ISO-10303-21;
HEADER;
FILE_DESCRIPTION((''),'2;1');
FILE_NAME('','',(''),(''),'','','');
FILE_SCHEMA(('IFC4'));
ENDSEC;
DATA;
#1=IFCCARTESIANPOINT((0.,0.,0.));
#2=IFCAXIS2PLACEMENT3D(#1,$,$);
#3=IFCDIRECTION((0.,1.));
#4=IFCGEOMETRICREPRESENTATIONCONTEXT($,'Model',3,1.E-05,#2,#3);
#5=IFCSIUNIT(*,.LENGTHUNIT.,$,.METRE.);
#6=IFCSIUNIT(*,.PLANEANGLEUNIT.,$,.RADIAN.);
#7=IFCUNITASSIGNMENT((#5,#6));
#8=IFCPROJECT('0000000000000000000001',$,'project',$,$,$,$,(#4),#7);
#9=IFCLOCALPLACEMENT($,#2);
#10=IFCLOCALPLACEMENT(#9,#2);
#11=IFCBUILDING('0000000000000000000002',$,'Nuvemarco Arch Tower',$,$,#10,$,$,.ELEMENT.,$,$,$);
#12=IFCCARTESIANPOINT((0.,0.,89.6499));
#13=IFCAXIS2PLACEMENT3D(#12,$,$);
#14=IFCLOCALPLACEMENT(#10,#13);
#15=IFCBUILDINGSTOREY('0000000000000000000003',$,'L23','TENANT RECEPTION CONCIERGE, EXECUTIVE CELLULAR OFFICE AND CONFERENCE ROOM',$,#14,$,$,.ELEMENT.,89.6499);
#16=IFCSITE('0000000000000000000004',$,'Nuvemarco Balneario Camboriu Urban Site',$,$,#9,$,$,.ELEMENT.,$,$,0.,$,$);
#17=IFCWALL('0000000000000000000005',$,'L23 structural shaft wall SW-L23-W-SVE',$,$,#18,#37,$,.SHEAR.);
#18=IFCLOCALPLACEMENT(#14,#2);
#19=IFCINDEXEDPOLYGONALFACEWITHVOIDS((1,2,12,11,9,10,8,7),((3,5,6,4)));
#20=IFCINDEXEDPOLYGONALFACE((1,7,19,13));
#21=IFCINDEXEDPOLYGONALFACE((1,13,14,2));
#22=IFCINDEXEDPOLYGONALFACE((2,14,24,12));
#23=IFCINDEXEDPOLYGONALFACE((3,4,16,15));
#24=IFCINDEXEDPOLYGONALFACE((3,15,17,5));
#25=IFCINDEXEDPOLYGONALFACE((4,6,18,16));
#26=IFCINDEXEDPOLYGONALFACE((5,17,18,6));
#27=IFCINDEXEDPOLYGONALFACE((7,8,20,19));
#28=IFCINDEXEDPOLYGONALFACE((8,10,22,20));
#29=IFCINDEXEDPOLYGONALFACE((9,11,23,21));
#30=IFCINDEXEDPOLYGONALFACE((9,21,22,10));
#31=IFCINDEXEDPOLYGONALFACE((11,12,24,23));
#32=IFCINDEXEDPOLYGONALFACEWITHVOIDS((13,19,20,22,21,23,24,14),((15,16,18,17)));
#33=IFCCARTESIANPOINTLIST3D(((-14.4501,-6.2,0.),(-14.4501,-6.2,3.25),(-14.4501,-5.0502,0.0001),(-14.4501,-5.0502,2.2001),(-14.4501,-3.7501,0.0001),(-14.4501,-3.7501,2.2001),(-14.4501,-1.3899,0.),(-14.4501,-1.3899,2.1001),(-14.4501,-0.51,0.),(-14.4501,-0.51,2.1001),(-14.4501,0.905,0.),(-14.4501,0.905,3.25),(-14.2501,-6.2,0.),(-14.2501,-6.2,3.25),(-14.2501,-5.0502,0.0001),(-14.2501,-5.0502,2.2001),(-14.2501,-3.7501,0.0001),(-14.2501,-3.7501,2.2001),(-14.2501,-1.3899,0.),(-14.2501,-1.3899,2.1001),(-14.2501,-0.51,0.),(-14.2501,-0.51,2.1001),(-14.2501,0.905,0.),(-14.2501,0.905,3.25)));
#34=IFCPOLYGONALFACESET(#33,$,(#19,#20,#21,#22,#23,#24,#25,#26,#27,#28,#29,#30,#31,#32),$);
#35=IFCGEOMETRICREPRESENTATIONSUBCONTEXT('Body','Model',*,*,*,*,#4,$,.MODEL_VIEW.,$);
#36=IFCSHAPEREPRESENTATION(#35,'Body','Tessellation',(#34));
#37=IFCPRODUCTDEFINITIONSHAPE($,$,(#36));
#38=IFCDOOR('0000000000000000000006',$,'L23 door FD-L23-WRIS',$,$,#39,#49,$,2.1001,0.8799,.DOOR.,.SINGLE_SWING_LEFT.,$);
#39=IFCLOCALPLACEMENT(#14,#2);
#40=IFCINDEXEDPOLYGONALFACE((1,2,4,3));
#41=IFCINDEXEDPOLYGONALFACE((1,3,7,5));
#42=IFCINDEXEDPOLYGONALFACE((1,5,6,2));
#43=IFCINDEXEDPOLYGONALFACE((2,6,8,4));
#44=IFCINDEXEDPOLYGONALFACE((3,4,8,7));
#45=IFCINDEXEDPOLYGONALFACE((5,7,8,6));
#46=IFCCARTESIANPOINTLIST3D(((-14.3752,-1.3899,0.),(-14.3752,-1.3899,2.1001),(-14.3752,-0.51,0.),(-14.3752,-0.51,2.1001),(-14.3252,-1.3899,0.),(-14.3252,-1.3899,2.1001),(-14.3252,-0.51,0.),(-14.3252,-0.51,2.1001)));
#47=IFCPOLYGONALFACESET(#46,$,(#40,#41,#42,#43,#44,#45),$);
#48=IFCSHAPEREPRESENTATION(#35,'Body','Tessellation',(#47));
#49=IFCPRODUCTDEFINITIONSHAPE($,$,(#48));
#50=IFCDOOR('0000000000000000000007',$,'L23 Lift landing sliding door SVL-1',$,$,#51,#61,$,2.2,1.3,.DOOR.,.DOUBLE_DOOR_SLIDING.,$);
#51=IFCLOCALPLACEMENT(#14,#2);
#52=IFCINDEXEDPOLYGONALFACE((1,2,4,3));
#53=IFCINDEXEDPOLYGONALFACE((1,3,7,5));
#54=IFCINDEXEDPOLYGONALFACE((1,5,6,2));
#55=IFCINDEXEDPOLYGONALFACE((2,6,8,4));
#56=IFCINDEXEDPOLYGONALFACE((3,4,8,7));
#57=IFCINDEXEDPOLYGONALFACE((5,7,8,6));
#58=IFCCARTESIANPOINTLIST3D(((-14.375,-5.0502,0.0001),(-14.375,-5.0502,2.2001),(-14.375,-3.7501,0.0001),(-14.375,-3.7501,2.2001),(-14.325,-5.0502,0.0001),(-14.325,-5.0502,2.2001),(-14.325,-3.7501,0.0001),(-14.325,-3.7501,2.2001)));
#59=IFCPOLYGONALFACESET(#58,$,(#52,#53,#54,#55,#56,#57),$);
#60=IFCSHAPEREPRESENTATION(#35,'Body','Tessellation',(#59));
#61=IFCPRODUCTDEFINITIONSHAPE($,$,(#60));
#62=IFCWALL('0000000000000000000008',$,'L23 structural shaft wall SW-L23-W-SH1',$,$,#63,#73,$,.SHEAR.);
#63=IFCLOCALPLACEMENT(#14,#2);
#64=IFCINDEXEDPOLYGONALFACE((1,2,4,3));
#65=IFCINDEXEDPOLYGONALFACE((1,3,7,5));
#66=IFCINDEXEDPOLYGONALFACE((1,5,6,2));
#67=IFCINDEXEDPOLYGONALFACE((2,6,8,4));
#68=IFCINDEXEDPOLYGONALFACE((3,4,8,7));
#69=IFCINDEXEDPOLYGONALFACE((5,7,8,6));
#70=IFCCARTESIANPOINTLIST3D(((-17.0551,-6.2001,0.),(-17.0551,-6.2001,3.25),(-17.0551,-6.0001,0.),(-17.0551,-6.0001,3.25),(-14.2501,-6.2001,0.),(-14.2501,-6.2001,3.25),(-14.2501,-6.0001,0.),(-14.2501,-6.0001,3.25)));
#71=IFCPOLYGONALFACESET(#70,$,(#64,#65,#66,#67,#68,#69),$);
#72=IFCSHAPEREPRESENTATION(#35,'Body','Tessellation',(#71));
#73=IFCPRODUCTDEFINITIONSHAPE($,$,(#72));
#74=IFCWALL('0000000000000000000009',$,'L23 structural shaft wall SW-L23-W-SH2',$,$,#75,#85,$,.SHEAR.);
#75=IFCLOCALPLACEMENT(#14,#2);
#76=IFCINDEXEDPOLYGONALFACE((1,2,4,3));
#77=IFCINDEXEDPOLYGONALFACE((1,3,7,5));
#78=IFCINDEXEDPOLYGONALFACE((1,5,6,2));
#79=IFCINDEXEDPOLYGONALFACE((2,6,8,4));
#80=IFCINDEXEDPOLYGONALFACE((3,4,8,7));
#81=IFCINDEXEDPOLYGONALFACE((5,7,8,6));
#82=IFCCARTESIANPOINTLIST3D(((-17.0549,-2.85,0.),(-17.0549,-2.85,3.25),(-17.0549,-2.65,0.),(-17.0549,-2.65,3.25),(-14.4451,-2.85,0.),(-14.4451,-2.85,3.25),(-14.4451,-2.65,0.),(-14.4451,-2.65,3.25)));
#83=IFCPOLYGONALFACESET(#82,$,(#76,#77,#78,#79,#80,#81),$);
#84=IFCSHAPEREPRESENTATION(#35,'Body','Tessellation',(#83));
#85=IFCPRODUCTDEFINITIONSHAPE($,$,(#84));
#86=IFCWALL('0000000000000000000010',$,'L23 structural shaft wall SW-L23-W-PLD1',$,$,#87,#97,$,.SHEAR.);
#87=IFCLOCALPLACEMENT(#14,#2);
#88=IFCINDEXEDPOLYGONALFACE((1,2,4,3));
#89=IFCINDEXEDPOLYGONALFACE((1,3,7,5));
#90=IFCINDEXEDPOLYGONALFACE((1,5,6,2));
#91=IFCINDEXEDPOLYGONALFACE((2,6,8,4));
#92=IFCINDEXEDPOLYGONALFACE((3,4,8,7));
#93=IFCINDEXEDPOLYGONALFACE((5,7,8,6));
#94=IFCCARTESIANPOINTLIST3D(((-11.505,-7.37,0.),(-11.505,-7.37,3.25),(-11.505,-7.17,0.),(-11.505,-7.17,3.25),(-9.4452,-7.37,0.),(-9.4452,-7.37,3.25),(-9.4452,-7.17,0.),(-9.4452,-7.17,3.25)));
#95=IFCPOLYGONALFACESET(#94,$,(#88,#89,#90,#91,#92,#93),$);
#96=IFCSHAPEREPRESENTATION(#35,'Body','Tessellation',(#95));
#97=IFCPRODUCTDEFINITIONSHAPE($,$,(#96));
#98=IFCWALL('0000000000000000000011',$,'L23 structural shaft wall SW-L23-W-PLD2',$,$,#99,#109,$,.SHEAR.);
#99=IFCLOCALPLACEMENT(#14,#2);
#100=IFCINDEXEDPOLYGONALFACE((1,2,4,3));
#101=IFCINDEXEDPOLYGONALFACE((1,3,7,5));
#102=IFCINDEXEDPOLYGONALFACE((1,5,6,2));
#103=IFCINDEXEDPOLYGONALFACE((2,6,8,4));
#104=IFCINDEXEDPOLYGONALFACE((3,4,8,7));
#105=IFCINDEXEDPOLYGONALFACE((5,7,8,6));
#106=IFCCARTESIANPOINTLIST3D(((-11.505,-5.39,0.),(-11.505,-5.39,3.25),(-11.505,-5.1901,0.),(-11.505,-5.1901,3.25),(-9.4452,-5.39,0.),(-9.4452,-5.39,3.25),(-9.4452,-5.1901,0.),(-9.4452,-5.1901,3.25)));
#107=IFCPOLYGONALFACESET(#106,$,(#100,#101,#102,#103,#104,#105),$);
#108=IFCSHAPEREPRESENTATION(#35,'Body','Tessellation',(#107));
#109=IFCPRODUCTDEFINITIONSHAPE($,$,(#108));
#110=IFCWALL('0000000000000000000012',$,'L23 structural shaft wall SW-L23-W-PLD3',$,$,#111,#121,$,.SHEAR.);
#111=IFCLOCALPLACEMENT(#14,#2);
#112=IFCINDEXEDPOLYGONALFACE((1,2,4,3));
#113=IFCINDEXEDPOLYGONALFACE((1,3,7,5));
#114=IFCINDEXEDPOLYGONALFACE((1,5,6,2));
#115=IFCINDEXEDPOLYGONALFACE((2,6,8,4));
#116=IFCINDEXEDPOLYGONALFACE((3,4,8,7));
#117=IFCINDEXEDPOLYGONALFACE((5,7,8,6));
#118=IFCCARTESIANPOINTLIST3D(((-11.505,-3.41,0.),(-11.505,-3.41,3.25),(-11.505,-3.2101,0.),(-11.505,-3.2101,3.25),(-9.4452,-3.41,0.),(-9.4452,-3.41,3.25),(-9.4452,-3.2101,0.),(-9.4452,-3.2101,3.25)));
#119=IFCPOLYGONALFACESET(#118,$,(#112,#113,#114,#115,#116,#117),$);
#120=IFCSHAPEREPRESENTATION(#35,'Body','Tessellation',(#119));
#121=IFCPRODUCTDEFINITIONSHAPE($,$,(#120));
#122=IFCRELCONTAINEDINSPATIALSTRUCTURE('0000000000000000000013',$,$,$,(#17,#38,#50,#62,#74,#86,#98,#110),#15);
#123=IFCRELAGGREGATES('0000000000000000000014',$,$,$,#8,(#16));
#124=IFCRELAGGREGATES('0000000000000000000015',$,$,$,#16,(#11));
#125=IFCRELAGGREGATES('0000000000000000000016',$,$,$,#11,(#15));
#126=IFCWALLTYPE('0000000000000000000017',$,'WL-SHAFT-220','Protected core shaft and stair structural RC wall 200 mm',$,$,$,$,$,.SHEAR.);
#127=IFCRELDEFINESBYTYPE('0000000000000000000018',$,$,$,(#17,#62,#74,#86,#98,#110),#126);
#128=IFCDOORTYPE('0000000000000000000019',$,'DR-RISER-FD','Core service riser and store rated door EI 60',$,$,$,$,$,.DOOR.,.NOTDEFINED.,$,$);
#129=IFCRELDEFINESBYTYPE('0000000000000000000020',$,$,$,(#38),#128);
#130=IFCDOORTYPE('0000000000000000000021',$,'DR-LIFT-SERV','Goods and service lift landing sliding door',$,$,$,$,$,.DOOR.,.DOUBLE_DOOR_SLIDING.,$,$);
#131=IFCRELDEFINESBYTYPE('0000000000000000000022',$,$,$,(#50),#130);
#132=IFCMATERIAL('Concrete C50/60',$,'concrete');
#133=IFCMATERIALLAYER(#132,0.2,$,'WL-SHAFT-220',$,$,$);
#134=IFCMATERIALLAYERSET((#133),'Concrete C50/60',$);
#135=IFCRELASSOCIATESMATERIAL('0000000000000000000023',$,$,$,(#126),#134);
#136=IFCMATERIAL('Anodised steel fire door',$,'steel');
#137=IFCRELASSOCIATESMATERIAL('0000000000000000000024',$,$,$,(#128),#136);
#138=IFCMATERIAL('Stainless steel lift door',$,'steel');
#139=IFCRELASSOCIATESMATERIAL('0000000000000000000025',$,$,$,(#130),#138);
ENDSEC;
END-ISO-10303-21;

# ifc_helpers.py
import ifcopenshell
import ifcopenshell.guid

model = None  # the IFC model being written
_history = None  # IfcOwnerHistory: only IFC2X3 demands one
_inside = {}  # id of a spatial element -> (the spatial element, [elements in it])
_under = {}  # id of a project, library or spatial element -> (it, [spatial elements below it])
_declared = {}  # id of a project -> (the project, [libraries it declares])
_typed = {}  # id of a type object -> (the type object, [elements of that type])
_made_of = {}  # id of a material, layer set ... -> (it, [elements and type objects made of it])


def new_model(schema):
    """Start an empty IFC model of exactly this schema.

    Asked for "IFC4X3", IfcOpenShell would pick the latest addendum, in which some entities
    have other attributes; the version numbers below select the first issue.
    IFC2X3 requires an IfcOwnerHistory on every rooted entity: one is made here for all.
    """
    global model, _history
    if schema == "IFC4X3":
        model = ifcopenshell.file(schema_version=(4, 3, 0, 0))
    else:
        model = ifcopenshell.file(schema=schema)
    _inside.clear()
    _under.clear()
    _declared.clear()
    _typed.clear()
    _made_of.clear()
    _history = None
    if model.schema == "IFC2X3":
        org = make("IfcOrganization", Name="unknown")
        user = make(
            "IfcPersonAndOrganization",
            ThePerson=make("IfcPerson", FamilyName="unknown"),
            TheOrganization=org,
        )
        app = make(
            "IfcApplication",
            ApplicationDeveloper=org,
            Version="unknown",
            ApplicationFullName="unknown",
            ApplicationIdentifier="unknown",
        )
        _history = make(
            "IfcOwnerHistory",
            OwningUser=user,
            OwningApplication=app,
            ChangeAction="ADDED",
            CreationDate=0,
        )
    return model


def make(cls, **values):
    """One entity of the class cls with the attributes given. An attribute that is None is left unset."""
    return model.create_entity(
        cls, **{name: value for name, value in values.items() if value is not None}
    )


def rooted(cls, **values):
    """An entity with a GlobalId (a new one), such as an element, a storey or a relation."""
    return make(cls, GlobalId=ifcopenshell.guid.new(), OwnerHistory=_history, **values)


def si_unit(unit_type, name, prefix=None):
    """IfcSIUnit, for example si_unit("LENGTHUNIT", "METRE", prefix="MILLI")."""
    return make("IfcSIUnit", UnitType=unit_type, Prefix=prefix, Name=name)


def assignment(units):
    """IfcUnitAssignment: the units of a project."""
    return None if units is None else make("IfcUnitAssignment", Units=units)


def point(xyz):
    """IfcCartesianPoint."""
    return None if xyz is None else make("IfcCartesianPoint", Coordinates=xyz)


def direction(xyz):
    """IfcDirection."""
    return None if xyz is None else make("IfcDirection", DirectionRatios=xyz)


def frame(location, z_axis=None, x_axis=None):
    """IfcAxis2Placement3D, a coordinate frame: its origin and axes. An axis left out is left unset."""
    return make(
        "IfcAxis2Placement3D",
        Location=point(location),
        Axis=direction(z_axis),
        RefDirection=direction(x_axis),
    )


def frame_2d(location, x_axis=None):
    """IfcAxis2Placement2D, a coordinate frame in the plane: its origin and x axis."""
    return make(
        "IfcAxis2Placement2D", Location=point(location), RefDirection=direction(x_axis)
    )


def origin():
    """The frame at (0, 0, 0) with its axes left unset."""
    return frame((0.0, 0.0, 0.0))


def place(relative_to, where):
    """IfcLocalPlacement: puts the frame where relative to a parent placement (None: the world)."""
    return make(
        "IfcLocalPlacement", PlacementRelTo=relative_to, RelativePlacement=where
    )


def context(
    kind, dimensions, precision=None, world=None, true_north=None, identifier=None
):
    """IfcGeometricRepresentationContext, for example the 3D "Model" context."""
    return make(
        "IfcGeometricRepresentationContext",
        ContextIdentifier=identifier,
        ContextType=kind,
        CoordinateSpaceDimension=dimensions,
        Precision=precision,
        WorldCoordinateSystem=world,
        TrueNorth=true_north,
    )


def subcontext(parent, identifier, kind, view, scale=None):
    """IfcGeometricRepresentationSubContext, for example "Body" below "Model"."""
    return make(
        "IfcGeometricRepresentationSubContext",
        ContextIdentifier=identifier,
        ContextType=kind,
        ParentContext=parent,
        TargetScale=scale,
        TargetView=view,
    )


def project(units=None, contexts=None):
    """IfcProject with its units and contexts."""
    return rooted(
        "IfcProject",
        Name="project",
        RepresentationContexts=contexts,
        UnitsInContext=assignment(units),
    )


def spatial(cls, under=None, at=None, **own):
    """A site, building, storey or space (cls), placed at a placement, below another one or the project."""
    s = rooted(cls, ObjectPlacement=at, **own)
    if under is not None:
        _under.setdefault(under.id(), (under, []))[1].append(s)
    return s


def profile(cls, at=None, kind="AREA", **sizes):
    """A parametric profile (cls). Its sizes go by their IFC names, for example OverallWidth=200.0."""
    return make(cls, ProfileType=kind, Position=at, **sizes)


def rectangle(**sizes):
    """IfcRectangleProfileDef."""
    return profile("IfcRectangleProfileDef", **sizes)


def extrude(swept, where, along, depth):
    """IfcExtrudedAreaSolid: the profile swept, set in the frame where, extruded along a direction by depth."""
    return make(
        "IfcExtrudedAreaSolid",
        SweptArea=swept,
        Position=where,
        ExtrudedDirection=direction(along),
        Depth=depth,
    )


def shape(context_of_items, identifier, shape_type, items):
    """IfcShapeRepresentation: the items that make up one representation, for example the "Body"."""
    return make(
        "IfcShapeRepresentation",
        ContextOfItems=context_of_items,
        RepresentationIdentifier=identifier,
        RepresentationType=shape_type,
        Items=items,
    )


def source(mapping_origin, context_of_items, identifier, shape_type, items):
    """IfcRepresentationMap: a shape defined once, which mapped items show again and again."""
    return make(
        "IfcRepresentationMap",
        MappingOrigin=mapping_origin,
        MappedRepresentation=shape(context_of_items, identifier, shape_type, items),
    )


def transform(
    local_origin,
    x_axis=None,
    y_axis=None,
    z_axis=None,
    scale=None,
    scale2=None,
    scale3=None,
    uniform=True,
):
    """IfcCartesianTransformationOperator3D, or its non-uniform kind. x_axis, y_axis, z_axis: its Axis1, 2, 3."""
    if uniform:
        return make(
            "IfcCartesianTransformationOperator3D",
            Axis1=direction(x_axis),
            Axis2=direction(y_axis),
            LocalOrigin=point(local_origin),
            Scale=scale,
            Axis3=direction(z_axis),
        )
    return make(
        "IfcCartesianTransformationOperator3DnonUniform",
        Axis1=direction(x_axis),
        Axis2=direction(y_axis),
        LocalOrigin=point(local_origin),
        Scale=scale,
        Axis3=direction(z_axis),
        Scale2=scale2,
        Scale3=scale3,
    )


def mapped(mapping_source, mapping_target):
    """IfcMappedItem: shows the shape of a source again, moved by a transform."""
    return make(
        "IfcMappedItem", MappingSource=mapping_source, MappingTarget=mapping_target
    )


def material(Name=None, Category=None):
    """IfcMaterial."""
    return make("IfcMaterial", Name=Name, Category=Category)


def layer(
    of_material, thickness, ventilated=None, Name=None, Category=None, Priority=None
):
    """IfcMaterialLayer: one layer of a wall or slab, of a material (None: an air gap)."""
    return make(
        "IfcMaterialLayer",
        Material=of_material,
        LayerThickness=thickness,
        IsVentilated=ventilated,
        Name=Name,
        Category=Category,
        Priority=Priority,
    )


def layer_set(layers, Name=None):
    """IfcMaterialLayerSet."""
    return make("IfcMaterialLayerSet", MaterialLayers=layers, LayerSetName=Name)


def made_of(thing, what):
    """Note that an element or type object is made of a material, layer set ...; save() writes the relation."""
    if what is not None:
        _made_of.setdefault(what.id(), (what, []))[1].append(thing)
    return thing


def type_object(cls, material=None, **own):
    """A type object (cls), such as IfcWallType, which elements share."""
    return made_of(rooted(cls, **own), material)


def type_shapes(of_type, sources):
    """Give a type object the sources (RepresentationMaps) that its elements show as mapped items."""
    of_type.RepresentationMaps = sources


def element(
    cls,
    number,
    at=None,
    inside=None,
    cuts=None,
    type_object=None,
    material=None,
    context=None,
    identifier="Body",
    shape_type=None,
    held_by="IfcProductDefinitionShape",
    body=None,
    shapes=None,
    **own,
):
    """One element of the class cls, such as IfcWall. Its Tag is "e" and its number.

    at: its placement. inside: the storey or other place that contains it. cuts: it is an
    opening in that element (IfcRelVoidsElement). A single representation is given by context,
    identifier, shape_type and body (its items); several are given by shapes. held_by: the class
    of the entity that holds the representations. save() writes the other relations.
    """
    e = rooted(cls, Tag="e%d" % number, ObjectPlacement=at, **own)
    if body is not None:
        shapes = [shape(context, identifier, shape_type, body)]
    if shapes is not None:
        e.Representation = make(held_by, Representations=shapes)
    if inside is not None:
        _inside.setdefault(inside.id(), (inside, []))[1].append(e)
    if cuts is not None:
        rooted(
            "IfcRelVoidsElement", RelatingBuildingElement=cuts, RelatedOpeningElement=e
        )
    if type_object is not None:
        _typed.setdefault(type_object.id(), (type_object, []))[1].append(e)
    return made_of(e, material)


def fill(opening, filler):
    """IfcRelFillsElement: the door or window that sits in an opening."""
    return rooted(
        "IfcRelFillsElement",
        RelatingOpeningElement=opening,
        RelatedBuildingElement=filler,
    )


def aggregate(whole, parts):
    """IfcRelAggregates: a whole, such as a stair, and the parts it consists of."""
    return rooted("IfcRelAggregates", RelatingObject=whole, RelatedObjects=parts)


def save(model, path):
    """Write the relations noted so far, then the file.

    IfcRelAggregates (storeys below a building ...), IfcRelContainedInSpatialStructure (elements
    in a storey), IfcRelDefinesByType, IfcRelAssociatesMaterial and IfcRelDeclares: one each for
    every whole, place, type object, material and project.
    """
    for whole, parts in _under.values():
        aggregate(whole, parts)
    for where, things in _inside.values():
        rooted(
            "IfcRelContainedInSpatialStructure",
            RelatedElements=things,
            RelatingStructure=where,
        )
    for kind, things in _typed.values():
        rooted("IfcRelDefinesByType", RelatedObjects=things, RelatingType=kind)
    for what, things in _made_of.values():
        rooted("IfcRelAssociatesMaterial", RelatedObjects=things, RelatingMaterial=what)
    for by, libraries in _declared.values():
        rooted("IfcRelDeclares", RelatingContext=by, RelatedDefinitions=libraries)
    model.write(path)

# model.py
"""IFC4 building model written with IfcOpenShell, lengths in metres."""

from ifc_helpers import new_model, si_unit, direction, frame, frame_2d, origin, place, context, subcontext, project, spatial, rectangle, extrude, source, transform, mapped, material, layer, layer_set, type_object, type_shapes, element, fill, save


model = new_model("IFC4")

# Units and contexts
model_context = context("Model", 3, precision=1e-05, world=origin(), true_north=direction((0.0, 1.0)))
body_context = subcontext(model_context, "Body", "Model", "MODEL_VIEW")
ifc_project = project(units=[si_unit("LENGTHUNIT", "METRE"), si_unit("PLANEANGLEUNIT", "RADIAN")], contexts=[model_context])

# Site, building, storey
site_placement = place(None, origin())
site = spatial("IfcSite", under=ifc_project, at=site_placement, Name="Nuvemarco Balneario Camboriu Urban Site", CompositionType="ELEMENT", RefElevation=0.0)
building_placement = place(site_placement, origin())
building = spatial("IfcBuilding", under=site, at=building_placement, Name="Nuvemarco Arch Tower", CompositionType="ELEMENT")
storey_placement = place(building_placement, frame((0.0, 0.0, 89.6499)))
storey = spatial("IfcBuildingStorey", under=building, at=storey_placement, Name="L23", Description="TENANT RECEPTION CONCIERGE, EXECUTIVE CELLULAR OFFICE AND CONFERENCE ROOM", CompositionType="ELEMENT", Elevation=89.6499)

# Shared definitions
ifc_material_1 = material(Name="Concrete C50/60", Category="concrete")
ifc_layer = layer(ifc_material_1, 0.2, Name="WL-SHAFT-220")
ifc_layer_set = layer_set([ifc_layer], Name="Concrete C50/60")
wall_type = type_object("IfcWallType", Name="WL-SHAFT-220", Description="Protected core shaft and stair structural RC wall 200 mm", PredefinedType="SHEAR", material=ifc_layer_set)
ifc_material_2 = material(Name="Stainless steel lift door", Category="steel")

# Wall, openings, doors
wall_1_placement = place(storey_placement, frame((-14.3501, -6.2, 0.0), z_axis=(0.0, 0.0, 1.0), x_axis=(0.0, 1.0, 0.0)))
wall_1 = element("IfcWall", 1, at=wall_1_placement, inside=storey, type_object=wall_type, Name="L23 structural shaft wall SW-L23-W-SVE", PredefinedType="SHEAR", context=body_context, shape_type="SweptSolid", body=[
    extrude(rectangle(XDim=7.105, YDim=0.2, at=frame_2d((3.5525, 0.0))), origin(), (0.0, 0.0, 1.0), 3.25),
])
opening_1_placement = place(wall_1_placement, frame((5.6899, 0.0, 0.0), z_axis=(0.0, 0.0, 1.0), x_axis=(-1.0, 0.0, 0.0)))
opening_1 = element("IfcOpeningElement", 2, at=opening_1_placement, cuts=wall_1, PredefinedType="OPENING", context=body_context, shape_type="SweptSolid", body=[
    extrude(rectangle(XDim=0.8799, YDim=2.1001, at=frame_2d((0.4399, 1.05))), frame((0.0, 0.1099, 0.0), z_axis=(0.0, -1.0, 0.0), x_axis=(1.0, 0.0, 0.0)), (0.0, 0.0, 1.0), 0.22),
])
opening_2_placement = place(wall_1_placement, frame((1.1499, 0.0, 0.0)))
opening_2 = element("IfcOpeningElement", 3, at=opening_2_placement, cuts=wall_1, PredefinedType="OPENING", context=body_context, shape_type="SweptSolid", body=[
    extrude(rectangle(XDim=1.3, YDim=2.2, at=frame_2d((0.6499, 1.1001))), frame((0.0, 0.1099, 0.0), z_axis=(0.0, -1.0, 0.0), x_axis=(1.0, 0.0, 0.0)), (0.0, 0.0, 1.0), 0.22),
])
ifc_material_3 = material(Name="Anodised steel fire door", Category="steel")
door_type_1 = type_object("IfcDoorType", Name="DR-RISER-FD", Description="Core service riser and store rated door EI 60", OperationType="NOTDEFINED", PredefinedType="DOOR", material=ifc_material_3)
shared_shape_1 = source(origin(), body_context, "Body", "SweptSolid", [
    extrude(rectangle(XDim=0.8799, YDim=2.1001, at=frame_2d((0.4399, 1.05))), frame((0.0, 0.0249, 0.0), z_axis=(0.0, -1.0, 0.0), x_axis=(1.0, 0.0, 0.0)), (0.0, 0.0, 1.0), 0.05),
])
type_shapes(door_type_1, [shared_shape_1])
door_1_placement = place(opening_1_placement, origin())
door_1 = element("IfcDoor", 4, at=door_1_placement, inside=storey, type_object=door_type_1, Name="L23 door FD-L23-WRIS", OperationType="SINGLE_SWING_LEFT", OverallHeight=2.1001, OverallWidth=0.8799, PredefinedType="DOOR", context=body_context, shape_type="MappedRepresentation", body=[
    mapped(shared_shape_1, transform((0.0, 0.0, 0.0), scale=1.0)),
])
fill(opening_1, door_1)
door_type_2 = type_object("IfcDoorType", Name="DR-LIFT-SERV", Description="Goods and service lift landing sliding door", OperationType="DOUBLE_DOOR_SLIDING", PredefinedType="DOOR", material=ifc_material_2)
shared_shape_2 = source(origin(), body_context, "Body", "SweptSolid", [
    extrude(rectangle(XDim=1.3, YDim=2.2, at=frame_2d((0.6499, 1.1001))), frame((0.0, 0.0249, 0.0), z_axis=(0.0, -1.0, 0.0), x_axis=(1.0, 0.0, 0.0)), (0.0, 0.0, 1.0), 0.05),
])
type_shapes(door_type_2, [shared_shape_2])
door_2_placement = place(opening_2_placement, origin())
door_2 = element("IfcDoor", 5, at=door_2_placement, inside=storey, type_object=door_type_2, Name="L23 Lift landing sliding door SVL-1", OperationType="DOUBLE_DOOR_SLIDING", OverallHeight=2.2, OverallWidth=1.3, PredefinedType="DOOR", context=body_context, shape_type="MappedRepresentation", body=[
    mapped(shared_shape_2, transform((0.0, 0.0, 0.0), scale=1.0)),
])
fill(opening_2, door_2)

# Walls
wall_2_placement = place(storey_placement, frame((-17.0549, -6.1001, 0.0), z_axis=(0.0, 0.0, 1.0), x_axis=(1.0, 0.0, 0.0)))
element("IfcWall", 6, at=wall_2_placement, inside=storey, type_object=wall_type, Name="L23 structural shaft wall SW-L23-W-SH1", PredefinedType="SHEAR", context=body_context, shape_type="SweptSolid", body=[
    extrude(rectangle(XDim=2.8049, YDim=0.2, at=frame_2d((1.4023, 0.0))), origin(), (0.0, 0.0, 1.0), 3.25),
])
wall_3_placement = place(storey_placement, frame((-17.0549, -2.75, 0.0), z_axis=(0.0, 0.0, 1.0), x_axis=(1.0, 0.0, 0.0)))
element("IfcWall", 7, at=wall_3_placement, inside=storey, type_object=wall_type, Name="L23 structural shaft wall SW-L23-W-SH2", PredefinedType="SHEAR", context=body_context, shape_type="SweptSolid", body=[
    extrude(rectangle(XDim=2.6099, YDim=0.2, at=frame_2d((1.3049, 0.0))), origin(), (0.0, 0.0, 1.0), 3.25),
])

# Walls
for number, where, z_axis, x_axis, name in (
    (8, (-11.5049, -7.27, 0.0), (0.0, 0.0, 1.0), (1.0, 0.0, 0.0), "L23 structural shaft wall SW-L23-W-PLD1"),
    (9, (-11.5049, -5.29, 0.0), (0.0, 0.0, 1.0), (1.0, 0.0, 0.0), "L23 structural shaft wall SW-L23-W-PLD2"),
    (10, (-11.5049, -3.3101, 0.0), (0.0, 0.0, 1.0), (1.0, 0.0, 0.0), "L23 structural shaft wall SW-L23-W-PLD3"),
):
    element("IfcWall", number, at=place(storey_placement, frame(where, z_axis=z_axis, x_axis=x_axis)), inside=storey, type_object=wall_type, Name=name, PredefinedType="SHEAR", context=body_context, shape_type="SweptSolid", body=[
        extrude(rectangle(XDim=2.0598, YDim=0.2, at=frame_2d((1.0298, 0.0))), origin(), (0.0, 0.0, 1.0), 3.25),
    ])

save(model, "model.ifc")
